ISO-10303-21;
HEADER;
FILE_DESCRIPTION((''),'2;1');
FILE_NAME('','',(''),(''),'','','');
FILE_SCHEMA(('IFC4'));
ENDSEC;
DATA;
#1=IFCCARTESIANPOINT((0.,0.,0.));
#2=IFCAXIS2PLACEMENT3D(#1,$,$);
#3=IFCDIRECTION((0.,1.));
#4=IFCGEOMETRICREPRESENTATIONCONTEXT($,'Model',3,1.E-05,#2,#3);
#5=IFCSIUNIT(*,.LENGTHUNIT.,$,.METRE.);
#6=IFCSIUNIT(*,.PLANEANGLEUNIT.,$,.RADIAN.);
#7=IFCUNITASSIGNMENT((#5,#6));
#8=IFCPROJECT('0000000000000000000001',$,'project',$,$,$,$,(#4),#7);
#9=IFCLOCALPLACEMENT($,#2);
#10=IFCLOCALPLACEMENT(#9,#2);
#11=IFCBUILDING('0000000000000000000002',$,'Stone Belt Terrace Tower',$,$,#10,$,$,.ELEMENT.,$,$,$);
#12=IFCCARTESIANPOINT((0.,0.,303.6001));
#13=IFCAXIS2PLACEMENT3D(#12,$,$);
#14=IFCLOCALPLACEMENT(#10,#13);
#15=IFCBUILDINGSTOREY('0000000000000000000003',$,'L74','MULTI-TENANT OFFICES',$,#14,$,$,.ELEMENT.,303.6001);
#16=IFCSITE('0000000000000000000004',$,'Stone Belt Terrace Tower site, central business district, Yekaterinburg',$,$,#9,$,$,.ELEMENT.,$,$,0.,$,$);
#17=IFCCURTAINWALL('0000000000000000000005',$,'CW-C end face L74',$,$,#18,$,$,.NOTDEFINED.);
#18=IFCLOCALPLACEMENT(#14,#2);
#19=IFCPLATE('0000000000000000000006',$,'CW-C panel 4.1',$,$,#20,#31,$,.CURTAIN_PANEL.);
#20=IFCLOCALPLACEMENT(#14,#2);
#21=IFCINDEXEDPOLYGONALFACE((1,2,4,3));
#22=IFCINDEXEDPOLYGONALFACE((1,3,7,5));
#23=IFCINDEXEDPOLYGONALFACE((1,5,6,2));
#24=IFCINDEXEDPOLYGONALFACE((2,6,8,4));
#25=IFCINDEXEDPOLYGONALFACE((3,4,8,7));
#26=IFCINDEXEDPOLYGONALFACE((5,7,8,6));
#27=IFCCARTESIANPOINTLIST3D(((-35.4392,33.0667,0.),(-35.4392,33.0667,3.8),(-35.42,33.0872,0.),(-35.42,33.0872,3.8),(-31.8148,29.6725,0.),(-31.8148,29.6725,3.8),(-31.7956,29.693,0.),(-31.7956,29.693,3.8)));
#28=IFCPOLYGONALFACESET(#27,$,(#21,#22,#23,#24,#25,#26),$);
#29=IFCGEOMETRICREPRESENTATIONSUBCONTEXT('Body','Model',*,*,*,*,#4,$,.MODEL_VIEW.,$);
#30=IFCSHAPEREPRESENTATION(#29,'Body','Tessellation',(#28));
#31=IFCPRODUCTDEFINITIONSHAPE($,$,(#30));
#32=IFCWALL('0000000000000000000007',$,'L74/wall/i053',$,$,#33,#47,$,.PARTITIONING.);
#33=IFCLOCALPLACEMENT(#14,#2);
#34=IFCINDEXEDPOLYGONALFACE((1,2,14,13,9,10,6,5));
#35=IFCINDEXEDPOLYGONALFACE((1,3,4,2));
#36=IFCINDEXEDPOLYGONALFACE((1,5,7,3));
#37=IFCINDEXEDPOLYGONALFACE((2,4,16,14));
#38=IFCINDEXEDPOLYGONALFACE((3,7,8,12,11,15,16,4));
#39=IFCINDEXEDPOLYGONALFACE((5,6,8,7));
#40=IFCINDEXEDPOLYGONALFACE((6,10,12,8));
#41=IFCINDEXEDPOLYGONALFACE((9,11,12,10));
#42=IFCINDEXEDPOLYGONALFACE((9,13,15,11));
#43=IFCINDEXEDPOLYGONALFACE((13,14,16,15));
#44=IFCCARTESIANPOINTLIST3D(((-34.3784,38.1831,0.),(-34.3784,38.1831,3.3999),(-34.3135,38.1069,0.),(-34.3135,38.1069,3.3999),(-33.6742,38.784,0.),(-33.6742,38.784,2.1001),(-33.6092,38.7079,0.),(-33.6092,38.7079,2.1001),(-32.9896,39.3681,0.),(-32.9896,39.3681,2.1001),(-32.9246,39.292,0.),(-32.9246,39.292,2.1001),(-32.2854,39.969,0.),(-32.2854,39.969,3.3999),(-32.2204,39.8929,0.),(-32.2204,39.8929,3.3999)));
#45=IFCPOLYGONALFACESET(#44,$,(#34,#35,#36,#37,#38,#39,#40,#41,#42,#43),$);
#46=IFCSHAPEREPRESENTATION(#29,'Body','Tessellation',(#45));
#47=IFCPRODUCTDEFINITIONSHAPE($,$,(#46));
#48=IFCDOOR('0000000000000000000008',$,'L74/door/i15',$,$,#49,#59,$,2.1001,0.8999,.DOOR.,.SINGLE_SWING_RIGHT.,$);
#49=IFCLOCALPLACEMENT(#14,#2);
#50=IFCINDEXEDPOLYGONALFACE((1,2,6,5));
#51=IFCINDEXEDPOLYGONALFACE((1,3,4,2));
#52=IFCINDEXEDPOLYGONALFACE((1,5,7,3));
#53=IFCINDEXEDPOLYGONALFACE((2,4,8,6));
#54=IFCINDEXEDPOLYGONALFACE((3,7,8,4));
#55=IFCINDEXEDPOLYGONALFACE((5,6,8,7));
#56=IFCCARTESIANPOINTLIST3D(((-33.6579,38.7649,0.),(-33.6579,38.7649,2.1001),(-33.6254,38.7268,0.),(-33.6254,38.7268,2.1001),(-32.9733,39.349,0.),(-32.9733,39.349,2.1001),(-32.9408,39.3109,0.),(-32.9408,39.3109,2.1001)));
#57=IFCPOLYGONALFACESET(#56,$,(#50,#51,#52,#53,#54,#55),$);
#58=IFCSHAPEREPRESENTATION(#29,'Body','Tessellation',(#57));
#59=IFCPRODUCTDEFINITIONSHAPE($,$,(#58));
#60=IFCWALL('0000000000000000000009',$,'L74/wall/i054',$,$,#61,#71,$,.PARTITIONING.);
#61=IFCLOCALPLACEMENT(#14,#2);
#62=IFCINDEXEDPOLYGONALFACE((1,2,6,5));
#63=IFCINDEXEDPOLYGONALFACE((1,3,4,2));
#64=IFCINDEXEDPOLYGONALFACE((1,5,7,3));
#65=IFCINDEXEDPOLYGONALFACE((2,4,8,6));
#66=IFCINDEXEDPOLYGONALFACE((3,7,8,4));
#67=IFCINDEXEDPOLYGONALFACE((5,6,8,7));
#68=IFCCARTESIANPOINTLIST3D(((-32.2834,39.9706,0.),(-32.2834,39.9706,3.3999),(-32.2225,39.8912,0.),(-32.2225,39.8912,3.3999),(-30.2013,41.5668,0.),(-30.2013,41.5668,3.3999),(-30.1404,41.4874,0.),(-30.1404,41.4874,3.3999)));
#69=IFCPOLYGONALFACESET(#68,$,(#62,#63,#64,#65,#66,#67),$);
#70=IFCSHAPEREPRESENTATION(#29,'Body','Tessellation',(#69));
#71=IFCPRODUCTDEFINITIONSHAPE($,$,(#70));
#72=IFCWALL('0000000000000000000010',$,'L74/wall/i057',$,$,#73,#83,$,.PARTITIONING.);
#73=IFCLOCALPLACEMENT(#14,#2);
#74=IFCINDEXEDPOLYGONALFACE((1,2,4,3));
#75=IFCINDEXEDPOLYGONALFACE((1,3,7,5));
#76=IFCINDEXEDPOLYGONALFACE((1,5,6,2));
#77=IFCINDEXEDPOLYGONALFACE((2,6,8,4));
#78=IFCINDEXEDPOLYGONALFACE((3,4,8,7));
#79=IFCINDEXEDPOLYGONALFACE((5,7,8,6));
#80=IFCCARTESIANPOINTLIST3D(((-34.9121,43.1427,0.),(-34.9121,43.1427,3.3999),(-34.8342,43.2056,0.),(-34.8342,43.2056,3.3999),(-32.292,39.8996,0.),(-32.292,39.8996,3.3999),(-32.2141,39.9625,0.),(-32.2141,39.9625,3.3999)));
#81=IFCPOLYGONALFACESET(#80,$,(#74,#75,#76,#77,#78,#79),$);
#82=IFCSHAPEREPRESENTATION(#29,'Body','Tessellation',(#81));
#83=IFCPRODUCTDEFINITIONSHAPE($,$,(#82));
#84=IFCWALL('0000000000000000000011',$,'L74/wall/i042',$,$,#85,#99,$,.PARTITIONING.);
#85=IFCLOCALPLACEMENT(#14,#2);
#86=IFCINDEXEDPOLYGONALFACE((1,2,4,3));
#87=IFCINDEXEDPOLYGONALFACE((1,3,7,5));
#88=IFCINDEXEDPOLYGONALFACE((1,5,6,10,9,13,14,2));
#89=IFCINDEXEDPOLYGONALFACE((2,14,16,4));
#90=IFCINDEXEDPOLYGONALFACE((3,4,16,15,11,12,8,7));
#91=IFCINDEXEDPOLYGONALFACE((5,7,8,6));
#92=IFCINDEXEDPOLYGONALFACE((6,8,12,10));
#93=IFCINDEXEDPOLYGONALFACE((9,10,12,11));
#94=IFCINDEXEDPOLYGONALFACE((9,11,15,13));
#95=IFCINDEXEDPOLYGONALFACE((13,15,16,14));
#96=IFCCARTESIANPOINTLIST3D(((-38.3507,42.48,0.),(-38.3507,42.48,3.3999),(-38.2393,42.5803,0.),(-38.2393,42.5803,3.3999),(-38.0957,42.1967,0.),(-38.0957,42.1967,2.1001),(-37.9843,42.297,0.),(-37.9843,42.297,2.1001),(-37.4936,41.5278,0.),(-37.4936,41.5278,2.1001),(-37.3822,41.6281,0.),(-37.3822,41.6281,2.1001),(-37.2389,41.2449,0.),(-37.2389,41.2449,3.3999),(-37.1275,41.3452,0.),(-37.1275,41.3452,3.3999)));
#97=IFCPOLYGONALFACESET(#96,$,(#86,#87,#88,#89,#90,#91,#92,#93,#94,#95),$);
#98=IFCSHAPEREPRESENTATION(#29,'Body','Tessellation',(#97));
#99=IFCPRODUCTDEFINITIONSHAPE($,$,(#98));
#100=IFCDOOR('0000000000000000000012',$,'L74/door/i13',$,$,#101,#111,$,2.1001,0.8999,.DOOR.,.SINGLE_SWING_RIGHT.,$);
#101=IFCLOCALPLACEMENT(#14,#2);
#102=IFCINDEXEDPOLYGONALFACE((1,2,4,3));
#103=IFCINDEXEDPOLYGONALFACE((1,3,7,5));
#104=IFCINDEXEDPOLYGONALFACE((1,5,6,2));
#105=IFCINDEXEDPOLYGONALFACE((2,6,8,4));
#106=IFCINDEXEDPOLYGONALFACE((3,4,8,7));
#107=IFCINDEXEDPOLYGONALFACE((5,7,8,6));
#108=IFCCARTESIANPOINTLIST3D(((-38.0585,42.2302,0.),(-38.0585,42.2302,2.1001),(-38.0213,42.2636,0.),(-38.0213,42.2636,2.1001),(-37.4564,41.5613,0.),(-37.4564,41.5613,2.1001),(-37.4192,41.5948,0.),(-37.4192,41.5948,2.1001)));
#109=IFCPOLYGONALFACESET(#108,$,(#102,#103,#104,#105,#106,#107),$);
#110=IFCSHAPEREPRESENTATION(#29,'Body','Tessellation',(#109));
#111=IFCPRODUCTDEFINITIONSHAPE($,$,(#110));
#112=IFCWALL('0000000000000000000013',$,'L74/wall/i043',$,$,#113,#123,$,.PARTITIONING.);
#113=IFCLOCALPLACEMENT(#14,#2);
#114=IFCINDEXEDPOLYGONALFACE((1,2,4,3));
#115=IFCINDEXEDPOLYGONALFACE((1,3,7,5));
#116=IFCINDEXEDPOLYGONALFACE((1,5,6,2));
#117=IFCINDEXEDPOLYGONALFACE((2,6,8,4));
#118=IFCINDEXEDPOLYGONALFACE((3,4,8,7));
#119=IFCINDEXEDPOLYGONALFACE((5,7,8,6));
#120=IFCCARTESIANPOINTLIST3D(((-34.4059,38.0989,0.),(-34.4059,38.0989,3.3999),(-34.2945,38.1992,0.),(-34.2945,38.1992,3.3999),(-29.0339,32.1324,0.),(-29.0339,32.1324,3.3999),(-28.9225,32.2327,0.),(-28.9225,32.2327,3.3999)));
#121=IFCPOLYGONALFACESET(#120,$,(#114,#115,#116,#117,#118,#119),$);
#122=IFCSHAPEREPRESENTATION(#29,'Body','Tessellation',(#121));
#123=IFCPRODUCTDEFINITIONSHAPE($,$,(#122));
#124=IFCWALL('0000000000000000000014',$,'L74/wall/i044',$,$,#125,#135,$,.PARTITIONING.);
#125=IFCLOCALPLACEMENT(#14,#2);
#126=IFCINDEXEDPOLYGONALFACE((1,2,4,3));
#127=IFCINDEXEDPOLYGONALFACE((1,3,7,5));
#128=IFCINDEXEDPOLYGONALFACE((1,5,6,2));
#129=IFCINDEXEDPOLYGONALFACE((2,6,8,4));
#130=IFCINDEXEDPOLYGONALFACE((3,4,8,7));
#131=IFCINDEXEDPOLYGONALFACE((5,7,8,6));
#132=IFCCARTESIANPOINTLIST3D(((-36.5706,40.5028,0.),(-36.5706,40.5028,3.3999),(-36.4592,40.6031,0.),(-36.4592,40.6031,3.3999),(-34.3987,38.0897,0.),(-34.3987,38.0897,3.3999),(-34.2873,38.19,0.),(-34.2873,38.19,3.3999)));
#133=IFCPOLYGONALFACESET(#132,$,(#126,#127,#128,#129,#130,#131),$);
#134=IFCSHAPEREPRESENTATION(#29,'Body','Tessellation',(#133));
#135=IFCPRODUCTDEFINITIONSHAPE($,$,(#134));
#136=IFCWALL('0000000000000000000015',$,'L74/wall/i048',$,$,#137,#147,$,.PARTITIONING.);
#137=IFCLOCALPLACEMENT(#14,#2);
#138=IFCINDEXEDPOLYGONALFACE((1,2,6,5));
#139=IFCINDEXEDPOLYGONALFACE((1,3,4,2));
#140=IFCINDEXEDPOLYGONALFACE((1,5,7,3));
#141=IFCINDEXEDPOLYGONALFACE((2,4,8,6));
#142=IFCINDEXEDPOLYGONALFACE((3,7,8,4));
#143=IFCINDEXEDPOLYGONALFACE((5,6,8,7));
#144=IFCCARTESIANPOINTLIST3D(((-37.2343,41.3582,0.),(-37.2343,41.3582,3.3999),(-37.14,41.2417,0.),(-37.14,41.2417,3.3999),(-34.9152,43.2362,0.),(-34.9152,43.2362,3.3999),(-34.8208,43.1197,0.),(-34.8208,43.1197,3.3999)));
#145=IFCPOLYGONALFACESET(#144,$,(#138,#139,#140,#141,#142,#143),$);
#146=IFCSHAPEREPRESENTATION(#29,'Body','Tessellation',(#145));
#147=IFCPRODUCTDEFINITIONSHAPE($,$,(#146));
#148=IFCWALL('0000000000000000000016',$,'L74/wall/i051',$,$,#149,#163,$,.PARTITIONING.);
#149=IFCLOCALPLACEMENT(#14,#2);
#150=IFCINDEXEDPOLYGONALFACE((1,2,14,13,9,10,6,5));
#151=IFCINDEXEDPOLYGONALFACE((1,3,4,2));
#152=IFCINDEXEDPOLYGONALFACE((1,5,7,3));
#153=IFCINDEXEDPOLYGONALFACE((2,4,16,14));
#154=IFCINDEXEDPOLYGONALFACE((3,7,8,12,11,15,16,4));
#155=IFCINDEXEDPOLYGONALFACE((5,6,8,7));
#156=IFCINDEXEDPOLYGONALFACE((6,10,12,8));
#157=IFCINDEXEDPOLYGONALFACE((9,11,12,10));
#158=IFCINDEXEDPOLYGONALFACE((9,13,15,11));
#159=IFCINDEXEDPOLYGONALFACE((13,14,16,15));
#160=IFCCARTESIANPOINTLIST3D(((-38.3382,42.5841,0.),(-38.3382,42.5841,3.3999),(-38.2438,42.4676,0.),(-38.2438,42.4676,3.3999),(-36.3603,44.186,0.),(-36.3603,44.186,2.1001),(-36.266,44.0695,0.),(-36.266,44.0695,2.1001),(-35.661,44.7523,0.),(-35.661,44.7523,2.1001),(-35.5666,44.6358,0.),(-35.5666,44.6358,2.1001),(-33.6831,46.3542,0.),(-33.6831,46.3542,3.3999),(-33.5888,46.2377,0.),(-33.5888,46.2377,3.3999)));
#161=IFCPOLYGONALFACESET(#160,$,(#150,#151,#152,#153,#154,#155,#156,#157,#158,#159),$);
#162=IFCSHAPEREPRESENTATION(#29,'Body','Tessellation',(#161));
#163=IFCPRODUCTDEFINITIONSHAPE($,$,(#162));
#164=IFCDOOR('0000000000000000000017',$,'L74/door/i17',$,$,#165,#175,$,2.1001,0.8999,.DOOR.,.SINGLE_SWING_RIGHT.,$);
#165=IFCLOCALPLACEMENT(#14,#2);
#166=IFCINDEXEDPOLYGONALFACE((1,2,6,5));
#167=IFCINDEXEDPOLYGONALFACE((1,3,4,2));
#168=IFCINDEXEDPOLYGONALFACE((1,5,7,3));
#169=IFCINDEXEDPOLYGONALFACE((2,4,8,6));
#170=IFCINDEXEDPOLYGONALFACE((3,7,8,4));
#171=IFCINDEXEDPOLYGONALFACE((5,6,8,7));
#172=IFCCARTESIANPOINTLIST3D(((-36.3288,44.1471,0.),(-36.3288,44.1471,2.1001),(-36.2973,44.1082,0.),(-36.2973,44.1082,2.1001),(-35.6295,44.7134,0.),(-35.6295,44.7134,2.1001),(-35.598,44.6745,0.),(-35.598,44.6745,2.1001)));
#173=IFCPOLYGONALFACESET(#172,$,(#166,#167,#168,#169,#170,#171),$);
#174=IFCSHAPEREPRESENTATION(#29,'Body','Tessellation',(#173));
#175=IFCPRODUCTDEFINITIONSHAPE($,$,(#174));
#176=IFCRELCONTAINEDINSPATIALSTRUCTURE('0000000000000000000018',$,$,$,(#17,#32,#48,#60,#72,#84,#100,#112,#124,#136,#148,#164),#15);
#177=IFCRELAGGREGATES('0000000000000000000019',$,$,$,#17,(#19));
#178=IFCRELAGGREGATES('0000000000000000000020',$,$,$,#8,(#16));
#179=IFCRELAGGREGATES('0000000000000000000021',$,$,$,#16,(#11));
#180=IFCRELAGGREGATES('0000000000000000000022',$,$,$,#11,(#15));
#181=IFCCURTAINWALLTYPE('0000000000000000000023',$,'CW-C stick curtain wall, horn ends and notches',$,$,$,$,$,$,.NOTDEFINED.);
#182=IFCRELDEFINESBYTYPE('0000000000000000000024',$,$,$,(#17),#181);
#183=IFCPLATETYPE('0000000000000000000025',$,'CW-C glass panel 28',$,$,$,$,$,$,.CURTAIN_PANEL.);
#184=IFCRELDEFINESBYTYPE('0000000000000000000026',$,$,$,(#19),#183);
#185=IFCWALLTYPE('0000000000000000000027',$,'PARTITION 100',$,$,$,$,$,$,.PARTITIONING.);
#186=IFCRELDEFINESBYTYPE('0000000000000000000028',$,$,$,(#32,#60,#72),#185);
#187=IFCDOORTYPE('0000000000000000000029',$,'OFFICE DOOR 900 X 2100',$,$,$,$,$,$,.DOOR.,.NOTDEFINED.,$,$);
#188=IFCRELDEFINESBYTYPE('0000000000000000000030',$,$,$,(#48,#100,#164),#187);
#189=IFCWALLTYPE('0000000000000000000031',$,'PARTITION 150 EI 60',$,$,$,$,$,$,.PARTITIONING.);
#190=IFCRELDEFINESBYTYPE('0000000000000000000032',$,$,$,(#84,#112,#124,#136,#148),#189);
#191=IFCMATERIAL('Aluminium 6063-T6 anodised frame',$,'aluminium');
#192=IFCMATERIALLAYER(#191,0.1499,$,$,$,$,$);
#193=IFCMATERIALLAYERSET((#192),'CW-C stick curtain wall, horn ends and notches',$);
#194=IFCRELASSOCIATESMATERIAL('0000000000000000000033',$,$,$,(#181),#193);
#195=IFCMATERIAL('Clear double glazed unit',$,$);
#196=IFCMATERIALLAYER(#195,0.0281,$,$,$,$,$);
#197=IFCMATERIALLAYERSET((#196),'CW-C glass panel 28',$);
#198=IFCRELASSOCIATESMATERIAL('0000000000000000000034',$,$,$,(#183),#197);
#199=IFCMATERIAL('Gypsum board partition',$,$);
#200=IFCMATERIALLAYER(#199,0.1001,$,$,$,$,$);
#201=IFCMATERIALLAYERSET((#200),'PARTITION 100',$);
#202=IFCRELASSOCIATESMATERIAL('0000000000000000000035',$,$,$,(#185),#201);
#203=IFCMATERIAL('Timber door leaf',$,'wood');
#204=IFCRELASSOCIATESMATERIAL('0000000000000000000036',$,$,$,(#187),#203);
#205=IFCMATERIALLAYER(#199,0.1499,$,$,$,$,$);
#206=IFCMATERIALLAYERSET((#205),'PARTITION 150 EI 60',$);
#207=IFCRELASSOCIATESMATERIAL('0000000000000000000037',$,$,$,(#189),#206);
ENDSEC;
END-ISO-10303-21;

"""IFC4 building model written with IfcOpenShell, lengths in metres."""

from ifc_helpers import new_model, si_unit, direction, frame, frame_2d, origin, origin_2d, place, context, subcontext, project, spatial, rectangle, extrude, material, layer, layer_set, type_object, element, fill, aggregate, save


model = new_model("IFC4")

# Units and contexts
model_context = context("Model", 3, precision=1e-05, world=origin(), true_north=direction((0.0, 1.0)))
body_context = subcontext(model_context, "Body", "Model", "MODEL_VIEW")
ifc_project = project(units=[si_unit("LENGTHUNIT", "METRE"), si_unit("PLANEANGLEUNIT", "RADIAN")], contexts=[model_context])

# Site, building, storey
site_placement = place(None, origin())
site = spatial("IfcSite", under=ifc_project, at=site_placement, Name="Stone Belt Terrace Tower site, central business district, Yekaterinburg", CompositionType="ELEMENT", RefElevation=0.0)
building_placement = place(site_placement, origin())
building = spatial("IfcBuilding", under=site, at=building_placement, Name="Stone Belt Terrace Tower", CompositionType="ELEMENT")
storey_placement = place(building_placement, frame((0.0, 0.0, 303.6001)))
storey = spatial("IfcBuildingStorey", under=building, at=storey_placement, Name="L74", Description="MULTI-TENANT OFFICES", CompositionType="ELEMENT", Elevation=303.6001)

# Shared definitions
ifc_material_1 = material(Name="Aluminium 6063-T6 anodised frame", Category="aluminium")

# Curtain wall
ifc_layer_1 = layer(ifc_material_1, 0.1499)
ifc_layer_set_1 = layer_set([ifc_layer_1], Name="CW-C stick curtain wall, horn ends and notches")
curtain_wall_type_1 = type_object("IfcCurtainWallType", Name="CW-C stick curtain wall, horn ends and notches", PredefinedType="NOTDEFINED", material=ifc_layer_set_1)
curtain_wall_1_placement = place(storey_placement, origin())
curtain_wall_1 = element("IfcCurtainWall", 1, at=curtain_wall_1_placement, inside=storey, type_object=curtain_wall_type_1, Name="CW-C end face L74", PredefinedType="NOTDEFINED")

# Plate
ifc_material_2 = material(Name="Clear double glazed unit")
ifc_layer_2 = layer(ifc_material_2, 0.0281)
ifc_layer_set_2 = layer_set([ifc_layer_2], Name="CW-C glass panel 28")
plate_type = type_object("IfcPlateType", Name="CW-C glass panel 28", PredefinedType="CURTAIN_PANEL", material=ifc_layer_set_2)
plate_1_placement = place(storey_placement, frame((-33.6174, 31.3799, 0.0), z_axis=(0.0, 0.0, 1.0), x_axis=(0.729904, -0.683549, 0.0)))
plate_1 = element("IfcPlate", 2, at=plate_1_placement, type_object=plate_type, Name="CW-C panel 4.1", PredefinedType="CURTAIN_PANEL", context=body_context, shape_type="SweptSolid", body=[
    extrude(rectangle(XDim=4.9656, YDim=0.0281, at=origin_2d()), origin(), (0.0, 0.0, 1.0), 3.8),
])
aggregate(curtain_wall_1, [plate_1])

# Wall, opening, door
ifc_material_3 = material(Name="Gypsum board partition")
ifc_layer_3 = layer(ifc_material_3, 0.1001)
ifc_layer_set_3 = layer_set([ifc_layer_3], Name="PARTITION 100")
wall_type_1 = type_object("IfcWallType", Name="PARTITION 100", PredefinedType="PARTITIONING", material=ifc_layer_set_3)
wall_1_placement = place(storey_placement, frame((-34.3459, 38.145, 0.0), z_axis=(0.0, 0.0, 1.0), x_axis=(0.760714, 0.649087, 0.0)))
wall_1 = element("IfcWall", 3, at=wall_1_placement, inside=storey, type_object=wall_type_1, Name="L74/wall/i053", PredefinedType="PARTITIONING", context=body_context, shape_type="SweptSolid", body=[
    extrude(rectangle(XDim=2.7515, YDim=0.1001, at=frame_2d((1.3757, 0.0))), origin(), (0.0, 0.0, 1.0), 3.3999),
])
opening_1_placement = place(wall_1_placement, frame((0.9258, 0.0, 0.0)))
opening_1 = element("IfcOpeningElement", 4, at=opening_1_placement, cuts=wall_1, PredefinedType="OPENING", context=body_context, shape_type="SweptSolid", body=[
    extrude(rectangle(XDim=0.8999, YDim=2.1001, at=frame_2d((0.45, 1.05))), frame((0.0, 0.0601, 0.0), z_axis=(0.0, -1.0, 0.0), x_axis=(1.0, 0.0, 0.0)), (0.0, 0.0, 1.0), 0.1201),
])
ifc_material_4 = material(Name="Timber door leaf", Category="wood")
door_type = type_object("IfcDoorType", Name="OFFICE DOOR 900 X 2100", OperationType="NOTDEFINED", PredefinedType="DOOR", material=ifc_material_4)
door_1_placement = place(opening_1_placement, origin())
door_1 = element("IfcDoor", 5, at=door_1_placement, inside=storey, type_object=door_type, Name="L74/door/i15", OperationType="SINGLE_SWING_RIGHT", OverallHeight=2.1001, OverallWidth=0.8999, PredefinedType="DOOR", context=body_context, shape_type="SweptSolid", body=[
    extrude(rectangle(XDim=0.8999, YDim=2.1001, at=frame_2d((0.45, 1.05))), frame((0.0, 0.0249, 0.0), z_axis=(0.0, -1.0, 0.0), x_axis=(1.0, 0.0, 0.0)), (0.0, 0.0, 1.0), 0.05),
])
fill(opening_1, door_1)

# Walls
wall_2_placement = place(storey_placement, frame((-32.2529, 39.9309, 0.0), z_axis=(0.0, 0.0, 1.0), x_axis=(0.793612, 0.608424, 0.0)))
element("IfcWall", 6, at=wall_2_placement, inside=storey, type_object=wall_type_1, Name="L74/wall/i054", PredefinedType="PARTITIONING", context=body_context, shape_type="SweptSolid", body=[
    extrude(rectangle(XDim=2.6235, YDim=0.1001, at=frame_2d((1.3118, 0.0))), origin(), (0.0, 0.0, 1.0), 3.3999),
])
wall_3_placement = place(storey_placement, frame((-34.873, 43.1741, 0.0), z_axis=(0.0, 0.0, 1.0), x_axis=(0.62843, -0.777866, 0.0)))
element("IfcWall", 7, at=wall_3_placement, inside=storey, type_object=wall_type_1, Name="L74/wall/i057", PredefinedType="PARTITIONING", context=body_context, shape_type="SweptSolid", body=[
    extrude(rectangle(XDim=4.1692, YDim=0.1001, at=frame_2d((2.0845, 0.0))), origin(), (0.0, 0.0, 1.0), 3.3999),
])

# Wall, opening, door
ifc_layer_4 = layer(ifc_material_3, 0.1499)
ifc_layer_set_4 = layer_set([ifc_layer_4], Name="PARTITION 150 EI 60")
wall_type_2 = type_object("IfcWallType", Name="PARTITION 150 EI 60", PredefinedType="PARTITIONING", material=ifc_layer_set_4)
wall_4_placement = place(storey_placement, frame((-37.1831, 41.2949, 0.0), z_axis=(0.0, 0.0, 1.0), x_axis=(-0.669038, 0.743228, 0.0)))
wall_4 = element("IfcWall", 8, at=wall_4_placement, inside=storey, type_object=wall_type_2, Name="L74/wall/i042", PredefinedType="PARTITIONING", context=body_context, shape_type="SweptSolid", body=[
    extrude(rectangle(XDim=1.6619, YDim=0.1499, at=frame_2d((0.8311, 0.0))), origin(), (0.0, 0.0, 1.0), 3.3999),
])
opening_2_placement = place(wall_4_placement, frame((0.3809, 0.0, 0.0)))
opening_2 = element("IfcOpeningElement", 9, at=opening_2_placement, cuts=wall_4, PredefinedType="OPENING", context=body_context, shape_type="SweptSolid", body=[
    extrude(rectangle(XDim=0.8999, YDim=2.1001, at=frame_2d((0.45, 1.05))), frame((0.0, 0.085, 0.0), z_axis=(0.0, -1.0, 0.0), x_axis=(1.0, 0.0, 0.0)), (0.0, 0.0, 1.0), 0.1699),
])
door_2_placement = place(opening_2_placement, origin())
door_2 = element("IfcDoor", 10, at=door_2_placement, inside=storey, type_object=door_type, Name="L74/door/i13", OperationType="SINGLE_SWING_RIGHT", OverallHeight=2.1001, OverallWidth=0.8999, PredefinedType="DOOR", context=body_context, shape_type="SweptSolid", body=[
    extrude(rectangle(XDim=0.8999, YDim=2.1001, at=frame_2d((0.45, 1.05))), frame((0.0, 0.0249, 0.0), z_axis=(0.0, -1.0, 0.0), x_axis=(1.0, 0.0, 0.0)), (0.0, 0.0, 1.0), 0.05),
])
fill(opening_2, door_2)

# Walls
wall_5_placement = place(storey_placement, frame((-34.3501, 38.1489, 0.0), z_axis=(0.0, 0.0, 1.0), x_axis=(0.669114, -0.74316, 0.0)))
element("IfcWall", 11, at=wall_5_placement, inside=storey, type_object=wall_type_2, Name="L74/wall/i043", PredefinedType="PARTITIONING", context=body_context, shape_type="SweptSolid", body=[
    extrude(rectangle(XDim=8.0286, YDim=0.1499, at=frame_2d((4.0142, 0.0))), origin(), (0.0, 0.0, 1.0), 3.3999),
])
wall_6_placement = place(storey_placement, frame((-36.5149, 40.553, 0.0), z_axis=(0.0, 0.0, 1.0), x_axis=(0.668981, -0.743279, 0.0)))
element("IfcWall", 12, at=wall_6_placement, inside=storey, type_object=wall_type_2, Name="L74/wall/i044", PredefinedType="PARTITIONING", context=body_context, shape_type="SweptSolid", body=[
    extrude(rectangle(XDim=3.2466, YDim=0.1499, at=frame_2d((1.6233, 0.0))), origin(), (0.0, 0.0, 1.0), 3.3999),
])
wall_7_placement = place(storey_placement, frame((-34.8679, 43.178, 0.0), z_axis=(0.0, 0.0, 1.0), x_axis=(-0.777152, -0.629314, 0.0)))
element("IfcWall", 13, at=wall_7_placement, inside=storey, type_object=wall_type_2, Name="L74/wall/i048", PredefinedType="PARTITIONING", context=body_context, shape_type="SweptSolid", body=[
    extrude(rectangle(XDim=2.9841, YDim=0.1499, at=frame_2d((1.4922, 0.0))), origin(), (0.0, 0.0, 1.0), 3.3999),
])

# Wall, opening, door
wall_8_placement = place(storey_placement, frame((-38.291, 42.5259, 0.0), z_axis=(0.0, 0.0, 1.0), x_axis=(0.777109, 0.629366, 0.0)))
wall_8 = element("IfcWall", 14, at=wall_8_placement, inside=storey, type_object=wall_type_2, Name="L74/wall/i051", PredefinedType="PARTITIONING", context=body_context, shape_type="SweptSolid", body=[
    extrude(rectangle(XDim=5.9902, YDim=0.1499, at=frame_2d((2.9951, 0.0))), origin(), (0.0, 0.0, 1.0), 3.3999),
])
opening_3_placement = place(wall_8_placement, frame((2.5452, 0.0, 0.0)))
opening_3 = element("IfcOpeningElement", 15, at=opening_3_placement, cuts=wall_8, PredefinedType="OPENING", context=body_context, shape_type="SweptSolid", body=[
    extrude(rectangle(XDim=0.8999, YDim=2.1001, at=frame_2d((0.45, 1.05))), frame((0.0, 0.085, 0.0), z_axis=(0.0, -1.0, 0.0), x_axis=(1.0, 0.0, 0.0)), (0.0, 0.0, 1.0), 0.1699),
])
door_3_placement = place(opening_3_placement, origin())
door_3 = element("IfcDoor", 16, at=door_3_placement, inside=storey, type_object=door_type, Name="L74/door/i17", OperationType="SINGLE_SWING_RIGHT", OverallHeight=2.1001, OverallWidth=0.8999, PredefinedType="DOOR", context=body_context, shape_type="SweptSolid", body=[
    extrude(rectangle(XDim=0.8999, YDim=2.1001, at=frame_2d((0.45, 1.05))), frame((0.0, 0.0249, 0.0), z_axis=(0.0, -1.0, 0.0), x_axis=(1.0, 0.0, 0.0)), (0.0, 0.0, 1.0), 0.05),
])
fill(opening_3, door_3)

save(model, "model.ifc")
